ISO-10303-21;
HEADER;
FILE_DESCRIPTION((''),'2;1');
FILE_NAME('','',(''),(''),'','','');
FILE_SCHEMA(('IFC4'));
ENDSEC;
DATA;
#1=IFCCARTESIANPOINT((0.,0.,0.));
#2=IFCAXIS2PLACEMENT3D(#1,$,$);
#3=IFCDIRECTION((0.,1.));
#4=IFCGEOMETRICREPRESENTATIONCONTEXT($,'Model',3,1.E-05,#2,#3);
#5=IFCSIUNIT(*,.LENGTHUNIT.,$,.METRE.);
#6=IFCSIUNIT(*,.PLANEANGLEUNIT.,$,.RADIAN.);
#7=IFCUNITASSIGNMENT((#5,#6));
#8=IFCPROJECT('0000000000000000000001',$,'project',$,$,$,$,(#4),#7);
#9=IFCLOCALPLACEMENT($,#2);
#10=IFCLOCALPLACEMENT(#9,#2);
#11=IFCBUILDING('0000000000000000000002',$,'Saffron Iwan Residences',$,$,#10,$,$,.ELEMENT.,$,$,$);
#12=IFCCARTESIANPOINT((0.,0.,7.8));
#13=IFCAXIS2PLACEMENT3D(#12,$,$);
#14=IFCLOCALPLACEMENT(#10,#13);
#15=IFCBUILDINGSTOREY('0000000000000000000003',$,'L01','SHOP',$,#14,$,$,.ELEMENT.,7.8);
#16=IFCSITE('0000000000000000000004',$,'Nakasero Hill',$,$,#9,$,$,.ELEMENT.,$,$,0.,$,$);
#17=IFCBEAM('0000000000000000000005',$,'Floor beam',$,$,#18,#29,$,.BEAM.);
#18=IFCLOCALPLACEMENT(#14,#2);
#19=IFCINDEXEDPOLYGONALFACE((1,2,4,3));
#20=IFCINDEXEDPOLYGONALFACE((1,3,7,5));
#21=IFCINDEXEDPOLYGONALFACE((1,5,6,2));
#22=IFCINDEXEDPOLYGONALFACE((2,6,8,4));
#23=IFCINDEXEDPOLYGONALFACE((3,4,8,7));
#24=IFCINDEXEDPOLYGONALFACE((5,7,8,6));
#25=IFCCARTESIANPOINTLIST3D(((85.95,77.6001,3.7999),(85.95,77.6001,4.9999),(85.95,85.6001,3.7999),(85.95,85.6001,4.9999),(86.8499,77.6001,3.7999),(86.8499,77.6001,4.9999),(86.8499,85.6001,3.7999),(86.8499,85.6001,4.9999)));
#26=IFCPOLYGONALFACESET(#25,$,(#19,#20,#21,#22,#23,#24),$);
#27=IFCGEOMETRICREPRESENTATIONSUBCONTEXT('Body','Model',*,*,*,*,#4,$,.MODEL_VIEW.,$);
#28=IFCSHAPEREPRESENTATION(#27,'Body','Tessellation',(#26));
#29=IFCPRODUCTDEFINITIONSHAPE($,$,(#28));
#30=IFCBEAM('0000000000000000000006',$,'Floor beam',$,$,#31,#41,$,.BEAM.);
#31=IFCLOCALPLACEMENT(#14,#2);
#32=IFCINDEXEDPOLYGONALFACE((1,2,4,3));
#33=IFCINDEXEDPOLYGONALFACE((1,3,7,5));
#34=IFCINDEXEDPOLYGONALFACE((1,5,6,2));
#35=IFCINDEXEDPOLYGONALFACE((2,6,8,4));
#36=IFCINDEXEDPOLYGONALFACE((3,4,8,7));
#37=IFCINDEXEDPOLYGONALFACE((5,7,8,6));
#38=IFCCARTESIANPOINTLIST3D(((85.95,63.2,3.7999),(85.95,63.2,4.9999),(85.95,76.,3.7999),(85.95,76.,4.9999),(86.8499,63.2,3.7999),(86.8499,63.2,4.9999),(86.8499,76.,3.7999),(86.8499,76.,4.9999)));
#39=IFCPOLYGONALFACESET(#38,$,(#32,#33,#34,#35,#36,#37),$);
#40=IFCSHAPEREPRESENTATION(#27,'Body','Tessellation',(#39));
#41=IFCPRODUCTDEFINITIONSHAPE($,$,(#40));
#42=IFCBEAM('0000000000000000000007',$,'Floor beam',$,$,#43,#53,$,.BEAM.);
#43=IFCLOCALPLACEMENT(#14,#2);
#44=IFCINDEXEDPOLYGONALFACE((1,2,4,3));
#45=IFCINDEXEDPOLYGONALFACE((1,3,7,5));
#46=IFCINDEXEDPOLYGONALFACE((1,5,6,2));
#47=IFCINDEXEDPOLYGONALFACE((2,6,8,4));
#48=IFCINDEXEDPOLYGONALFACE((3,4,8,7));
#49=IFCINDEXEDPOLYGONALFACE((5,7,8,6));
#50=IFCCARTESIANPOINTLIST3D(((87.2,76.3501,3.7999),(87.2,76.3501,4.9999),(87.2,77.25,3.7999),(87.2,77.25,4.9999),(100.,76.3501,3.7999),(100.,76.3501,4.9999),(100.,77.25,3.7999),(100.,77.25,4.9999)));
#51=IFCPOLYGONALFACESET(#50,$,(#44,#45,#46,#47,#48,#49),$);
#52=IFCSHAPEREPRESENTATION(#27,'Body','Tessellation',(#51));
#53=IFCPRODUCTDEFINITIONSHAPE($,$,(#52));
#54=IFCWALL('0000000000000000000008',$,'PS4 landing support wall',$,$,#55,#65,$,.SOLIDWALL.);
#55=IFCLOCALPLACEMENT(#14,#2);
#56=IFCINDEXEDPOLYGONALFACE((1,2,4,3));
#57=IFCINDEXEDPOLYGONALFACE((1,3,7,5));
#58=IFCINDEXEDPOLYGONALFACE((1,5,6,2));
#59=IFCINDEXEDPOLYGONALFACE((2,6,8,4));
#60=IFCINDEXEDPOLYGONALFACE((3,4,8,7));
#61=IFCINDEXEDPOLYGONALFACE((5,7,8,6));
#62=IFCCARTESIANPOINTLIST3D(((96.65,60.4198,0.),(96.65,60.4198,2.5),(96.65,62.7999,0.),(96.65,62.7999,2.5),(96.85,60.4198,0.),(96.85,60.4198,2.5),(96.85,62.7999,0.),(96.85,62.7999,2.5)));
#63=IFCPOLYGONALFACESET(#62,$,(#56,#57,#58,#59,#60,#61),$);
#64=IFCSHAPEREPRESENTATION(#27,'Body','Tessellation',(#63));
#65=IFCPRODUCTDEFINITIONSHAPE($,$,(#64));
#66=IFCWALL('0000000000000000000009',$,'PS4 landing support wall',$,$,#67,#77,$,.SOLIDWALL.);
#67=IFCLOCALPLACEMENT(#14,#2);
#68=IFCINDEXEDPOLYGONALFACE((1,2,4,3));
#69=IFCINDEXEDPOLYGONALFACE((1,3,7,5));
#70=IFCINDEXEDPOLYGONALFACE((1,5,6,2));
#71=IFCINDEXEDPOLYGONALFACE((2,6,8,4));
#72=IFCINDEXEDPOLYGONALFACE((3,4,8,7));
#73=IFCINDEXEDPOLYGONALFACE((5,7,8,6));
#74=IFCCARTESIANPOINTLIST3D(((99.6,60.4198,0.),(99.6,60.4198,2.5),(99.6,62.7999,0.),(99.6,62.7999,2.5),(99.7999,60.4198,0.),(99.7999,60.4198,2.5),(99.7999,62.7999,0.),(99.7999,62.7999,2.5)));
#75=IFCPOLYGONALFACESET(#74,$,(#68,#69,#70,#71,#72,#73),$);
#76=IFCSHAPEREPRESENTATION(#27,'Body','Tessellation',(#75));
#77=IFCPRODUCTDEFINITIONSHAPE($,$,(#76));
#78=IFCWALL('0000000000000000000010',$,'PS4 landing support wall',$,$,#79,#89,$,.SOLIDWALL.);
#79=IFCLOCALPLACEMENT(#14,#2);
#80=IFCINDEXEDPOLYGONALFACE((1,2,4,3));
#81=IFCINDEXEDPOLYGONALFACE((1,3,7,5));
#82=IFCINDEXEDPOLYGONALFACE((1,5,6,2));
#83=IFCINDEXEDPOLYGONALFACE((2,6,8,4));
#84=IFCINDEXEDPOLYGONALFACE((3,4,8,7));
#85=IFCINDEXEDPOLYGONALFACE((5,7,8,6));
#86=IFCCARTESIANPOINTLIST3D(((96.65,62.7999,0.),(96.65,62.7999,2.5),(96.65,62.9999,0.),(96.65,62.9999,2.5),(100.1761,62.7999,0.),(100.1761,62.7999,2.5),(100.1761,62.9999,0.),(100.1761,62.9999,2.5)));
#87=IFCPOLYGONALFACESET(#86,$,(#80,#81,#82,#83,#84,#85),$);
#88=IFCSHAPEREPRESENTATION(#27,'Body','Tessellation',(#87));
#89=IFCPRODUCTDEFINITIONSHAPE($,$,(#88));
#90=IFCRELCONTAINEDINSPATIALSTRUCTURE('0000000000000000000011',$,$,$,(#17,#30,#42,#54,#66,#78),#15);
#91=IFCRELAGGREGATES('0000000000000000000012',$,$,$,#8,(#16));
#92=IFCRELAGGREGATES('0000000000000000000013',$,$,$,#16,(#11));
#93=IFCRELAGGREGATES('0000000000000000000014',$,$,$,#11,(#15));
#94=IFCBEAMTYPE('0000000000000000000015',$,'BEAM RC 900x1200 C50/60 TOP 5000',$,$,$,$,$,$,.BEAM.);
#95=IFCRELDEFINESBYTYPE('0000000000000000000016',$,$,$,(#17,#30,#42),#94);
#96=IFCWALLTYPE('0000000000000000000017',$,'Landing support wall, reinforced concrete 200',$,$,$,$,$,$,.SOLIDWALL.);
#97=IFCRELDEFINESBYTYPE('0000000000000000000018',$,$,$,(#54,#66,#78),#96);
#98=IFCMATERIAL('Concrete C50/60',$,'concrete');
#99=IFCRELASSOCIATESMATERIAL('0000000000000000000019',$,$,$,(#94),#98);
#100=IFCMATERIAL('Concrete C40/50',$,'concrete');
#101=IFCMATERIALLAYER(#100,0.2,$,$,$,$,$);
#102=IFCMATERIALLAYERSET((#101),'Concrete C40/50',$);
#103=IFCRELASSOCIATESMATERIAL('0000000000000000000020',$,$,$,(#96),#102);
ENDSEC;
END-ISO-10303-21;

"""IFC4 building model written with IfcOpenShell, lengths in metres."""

from ifc_helpers import new_model, si_unit, direction, frame, frame_2d, origin, origin_2d, place, context, subcontext, project, spatial, rectangle, extrude, source, transform, mapped, material, layer, layer_set, material_profile, profile_set, type_object, element, save


model = new_model("IFC4")

# Units and contexts
model_context = context("Model", 3, precision=1e-05, world=origin(), true_north=direction((0.0, 1.0)))
body_context = subcontext(model_context, "Body", "Model", "MODEL_VIEW")
ifc_project = project(units=[si_unit("LENGTHUNIT", "METRE"), si_unit("PLANEANGLEUNIT", "RADIAN")], contexts=[model_context])

# Site, building, storey
site_placement = place(None, origin())
site = spatial("IfcSite", under=ifc_project, at=site_placement, Name="Nakasero Hill", CompositionType="ELEMENT", RefElevation=0.0)
building_placement = place(site_placement, origin())
building = spatial("IfcBuilding", under=site, at=building_placement, Name="Saffron Iwan Residences", CompositionType="ELEMENT")
storey_placement = place(building_placement, frame((0.0, 0.0, 7.8)))
storey = spatial("IfcBuildingStorey", under=building, at=storey_placement, Name="L01", Description="SHOP", CompositionType="ELEMENT", Elevation=7.8)

# Shared definitions
ifc_material_1 = material(Name="Concrete C50/60", Category="concrete")

# Beams
ifc_material_profile_1 = material_profile(ifc_material_1, rectangle(XDim=0.8999, YDim=1.2, at=origin_2d()), Name="RC 900x1200")
ifc_profile_set_1 = profile_set([ifc_material_profile_1], Name="Concrete C50/60")
beam_type_1 = type_object("IfcBeamType", Name="BEAM RC 900x1200 C50/60 TOP 5000", PredefinedType="BEAM", material=ifc_profile_set_1)
shared_shape_1 = source(origin(), body_context, "Body", "SweptSolid", [
    extrude(rectangle(XDim=0.8999, YDim=1.2, at=origin_2d()), origin(), (0.0, 0.0, 1.0), 8.0),
])
beam_placement = place(storey_placement, frame((86.3999, 77.6001, 4.3999), z_axis=(0.0, 1.0, 0.0), x_axis=(-1.0, 0.0, 0.0)))
element("IfcBeam", 1, at=beam_placement, inside=storey, type_object=beam_type_1, Name="Floor beam", PredefinedType="BEAM", context=body_context, shape_type="MappedRepresentation", body=[
    mapped(shared_shape_1, transform((0.0, 0.0, 0.0))),
])
shared_shape_2 = source(origin(), body_context, "Body", "SweptSolid", [
    extrude(rectangle(XDim=0.8999, YDim=1.2, at=origin_2d()), origin(), (0.0, 0.0, 1.0), 12.8),
])
for number, where, z_axis, x_axis, name in (
    (2, (86.3999, 63.2, 4.3999), (0.0, 1.0, 0.0), (-1.0, 0.0, 0.0), "Floor beam"),
    (3, (87.2, 76.8, 4.3999), (1.0, 0.0, 0.0), (0.0, 1.0, 0.0), "Floor beam"),
):
    element("IfcBeam", number, at=place(storey_placement, frame(where, z_axis=z_axis, x_axis=x_axis)), inside=storey, type_object=beam_type_1, Name=name, PredefinedType="BEAM", context=body_context, shape_type="MappedRepresentation", body=[
        mapped(shared_shape_2, transform((0.0, 0.0, 0.0))),
    ])

# Walls
ifc_material_2 = material(Name="Concrete C40/50", Category="concrete")
ifc_layer_1 = layer(ifc_material_2, 0.2)
ifc_layer_set_1 = layer_set([ifc_layer_1], Name="Concrete C40/50")
wall_type_1 = type_object("IfcWallType", Name="Landing support wall, reinforced concrete 200", PredefinedType="SOLIDWALL", material=ifc_layer_set_1)
for number, where, z_axis, x_axis, name in (
    (4, (96.75, 60.4199, 0.0), (0.0, 0.0, 1.0), (0.0, 1.0, 0.0), "PS4 landing support wall"),
    (5, (99.7, 60.4199, 0.0), (0.0, 0.0, 1.0), (0.0, 1.0, 0.0), "PS4 landing support wall"),
):
    element("IfcWall", number, at=place(storey_placement, frame(where, z_axis=z_axis, x_axis=x_axis)), inside=storey, type_object=wall_type_1, Name=name, PredefinedType="SOLIDWALL", context=body_context, shape_type="SweptSolid", body=[
        extrude(rectangle(XDim=2.3801, YDim=0.2, at=frame_2d((1.1899, 0.0))), origin(), (0.0, 0.0, 1.0), 2.5),
    ])
wall_1_placement = place(storey_placement, frame((96.6499, 62.8999, 0.0), z_axis=(0.0, 0.0, 1.0), x_axis=(1.0, 0.0, 0.0)))
element("IfcWall", 6, at=wall_1_placement, inside=storey, type_object=wall_type_1, Name="PS4 landing support wall", PredefinedType="SOLIDWALL", context=body_context, shape_type="SweptSolid", body=[
    extrude(rectangle(XDim=3.5261, YDim=0.2, at=frame_2d((1.7632, 0.0))), origin(), (0.0, 0.0, 1.0), 2.5),
])

save(model, "model.ifc")
